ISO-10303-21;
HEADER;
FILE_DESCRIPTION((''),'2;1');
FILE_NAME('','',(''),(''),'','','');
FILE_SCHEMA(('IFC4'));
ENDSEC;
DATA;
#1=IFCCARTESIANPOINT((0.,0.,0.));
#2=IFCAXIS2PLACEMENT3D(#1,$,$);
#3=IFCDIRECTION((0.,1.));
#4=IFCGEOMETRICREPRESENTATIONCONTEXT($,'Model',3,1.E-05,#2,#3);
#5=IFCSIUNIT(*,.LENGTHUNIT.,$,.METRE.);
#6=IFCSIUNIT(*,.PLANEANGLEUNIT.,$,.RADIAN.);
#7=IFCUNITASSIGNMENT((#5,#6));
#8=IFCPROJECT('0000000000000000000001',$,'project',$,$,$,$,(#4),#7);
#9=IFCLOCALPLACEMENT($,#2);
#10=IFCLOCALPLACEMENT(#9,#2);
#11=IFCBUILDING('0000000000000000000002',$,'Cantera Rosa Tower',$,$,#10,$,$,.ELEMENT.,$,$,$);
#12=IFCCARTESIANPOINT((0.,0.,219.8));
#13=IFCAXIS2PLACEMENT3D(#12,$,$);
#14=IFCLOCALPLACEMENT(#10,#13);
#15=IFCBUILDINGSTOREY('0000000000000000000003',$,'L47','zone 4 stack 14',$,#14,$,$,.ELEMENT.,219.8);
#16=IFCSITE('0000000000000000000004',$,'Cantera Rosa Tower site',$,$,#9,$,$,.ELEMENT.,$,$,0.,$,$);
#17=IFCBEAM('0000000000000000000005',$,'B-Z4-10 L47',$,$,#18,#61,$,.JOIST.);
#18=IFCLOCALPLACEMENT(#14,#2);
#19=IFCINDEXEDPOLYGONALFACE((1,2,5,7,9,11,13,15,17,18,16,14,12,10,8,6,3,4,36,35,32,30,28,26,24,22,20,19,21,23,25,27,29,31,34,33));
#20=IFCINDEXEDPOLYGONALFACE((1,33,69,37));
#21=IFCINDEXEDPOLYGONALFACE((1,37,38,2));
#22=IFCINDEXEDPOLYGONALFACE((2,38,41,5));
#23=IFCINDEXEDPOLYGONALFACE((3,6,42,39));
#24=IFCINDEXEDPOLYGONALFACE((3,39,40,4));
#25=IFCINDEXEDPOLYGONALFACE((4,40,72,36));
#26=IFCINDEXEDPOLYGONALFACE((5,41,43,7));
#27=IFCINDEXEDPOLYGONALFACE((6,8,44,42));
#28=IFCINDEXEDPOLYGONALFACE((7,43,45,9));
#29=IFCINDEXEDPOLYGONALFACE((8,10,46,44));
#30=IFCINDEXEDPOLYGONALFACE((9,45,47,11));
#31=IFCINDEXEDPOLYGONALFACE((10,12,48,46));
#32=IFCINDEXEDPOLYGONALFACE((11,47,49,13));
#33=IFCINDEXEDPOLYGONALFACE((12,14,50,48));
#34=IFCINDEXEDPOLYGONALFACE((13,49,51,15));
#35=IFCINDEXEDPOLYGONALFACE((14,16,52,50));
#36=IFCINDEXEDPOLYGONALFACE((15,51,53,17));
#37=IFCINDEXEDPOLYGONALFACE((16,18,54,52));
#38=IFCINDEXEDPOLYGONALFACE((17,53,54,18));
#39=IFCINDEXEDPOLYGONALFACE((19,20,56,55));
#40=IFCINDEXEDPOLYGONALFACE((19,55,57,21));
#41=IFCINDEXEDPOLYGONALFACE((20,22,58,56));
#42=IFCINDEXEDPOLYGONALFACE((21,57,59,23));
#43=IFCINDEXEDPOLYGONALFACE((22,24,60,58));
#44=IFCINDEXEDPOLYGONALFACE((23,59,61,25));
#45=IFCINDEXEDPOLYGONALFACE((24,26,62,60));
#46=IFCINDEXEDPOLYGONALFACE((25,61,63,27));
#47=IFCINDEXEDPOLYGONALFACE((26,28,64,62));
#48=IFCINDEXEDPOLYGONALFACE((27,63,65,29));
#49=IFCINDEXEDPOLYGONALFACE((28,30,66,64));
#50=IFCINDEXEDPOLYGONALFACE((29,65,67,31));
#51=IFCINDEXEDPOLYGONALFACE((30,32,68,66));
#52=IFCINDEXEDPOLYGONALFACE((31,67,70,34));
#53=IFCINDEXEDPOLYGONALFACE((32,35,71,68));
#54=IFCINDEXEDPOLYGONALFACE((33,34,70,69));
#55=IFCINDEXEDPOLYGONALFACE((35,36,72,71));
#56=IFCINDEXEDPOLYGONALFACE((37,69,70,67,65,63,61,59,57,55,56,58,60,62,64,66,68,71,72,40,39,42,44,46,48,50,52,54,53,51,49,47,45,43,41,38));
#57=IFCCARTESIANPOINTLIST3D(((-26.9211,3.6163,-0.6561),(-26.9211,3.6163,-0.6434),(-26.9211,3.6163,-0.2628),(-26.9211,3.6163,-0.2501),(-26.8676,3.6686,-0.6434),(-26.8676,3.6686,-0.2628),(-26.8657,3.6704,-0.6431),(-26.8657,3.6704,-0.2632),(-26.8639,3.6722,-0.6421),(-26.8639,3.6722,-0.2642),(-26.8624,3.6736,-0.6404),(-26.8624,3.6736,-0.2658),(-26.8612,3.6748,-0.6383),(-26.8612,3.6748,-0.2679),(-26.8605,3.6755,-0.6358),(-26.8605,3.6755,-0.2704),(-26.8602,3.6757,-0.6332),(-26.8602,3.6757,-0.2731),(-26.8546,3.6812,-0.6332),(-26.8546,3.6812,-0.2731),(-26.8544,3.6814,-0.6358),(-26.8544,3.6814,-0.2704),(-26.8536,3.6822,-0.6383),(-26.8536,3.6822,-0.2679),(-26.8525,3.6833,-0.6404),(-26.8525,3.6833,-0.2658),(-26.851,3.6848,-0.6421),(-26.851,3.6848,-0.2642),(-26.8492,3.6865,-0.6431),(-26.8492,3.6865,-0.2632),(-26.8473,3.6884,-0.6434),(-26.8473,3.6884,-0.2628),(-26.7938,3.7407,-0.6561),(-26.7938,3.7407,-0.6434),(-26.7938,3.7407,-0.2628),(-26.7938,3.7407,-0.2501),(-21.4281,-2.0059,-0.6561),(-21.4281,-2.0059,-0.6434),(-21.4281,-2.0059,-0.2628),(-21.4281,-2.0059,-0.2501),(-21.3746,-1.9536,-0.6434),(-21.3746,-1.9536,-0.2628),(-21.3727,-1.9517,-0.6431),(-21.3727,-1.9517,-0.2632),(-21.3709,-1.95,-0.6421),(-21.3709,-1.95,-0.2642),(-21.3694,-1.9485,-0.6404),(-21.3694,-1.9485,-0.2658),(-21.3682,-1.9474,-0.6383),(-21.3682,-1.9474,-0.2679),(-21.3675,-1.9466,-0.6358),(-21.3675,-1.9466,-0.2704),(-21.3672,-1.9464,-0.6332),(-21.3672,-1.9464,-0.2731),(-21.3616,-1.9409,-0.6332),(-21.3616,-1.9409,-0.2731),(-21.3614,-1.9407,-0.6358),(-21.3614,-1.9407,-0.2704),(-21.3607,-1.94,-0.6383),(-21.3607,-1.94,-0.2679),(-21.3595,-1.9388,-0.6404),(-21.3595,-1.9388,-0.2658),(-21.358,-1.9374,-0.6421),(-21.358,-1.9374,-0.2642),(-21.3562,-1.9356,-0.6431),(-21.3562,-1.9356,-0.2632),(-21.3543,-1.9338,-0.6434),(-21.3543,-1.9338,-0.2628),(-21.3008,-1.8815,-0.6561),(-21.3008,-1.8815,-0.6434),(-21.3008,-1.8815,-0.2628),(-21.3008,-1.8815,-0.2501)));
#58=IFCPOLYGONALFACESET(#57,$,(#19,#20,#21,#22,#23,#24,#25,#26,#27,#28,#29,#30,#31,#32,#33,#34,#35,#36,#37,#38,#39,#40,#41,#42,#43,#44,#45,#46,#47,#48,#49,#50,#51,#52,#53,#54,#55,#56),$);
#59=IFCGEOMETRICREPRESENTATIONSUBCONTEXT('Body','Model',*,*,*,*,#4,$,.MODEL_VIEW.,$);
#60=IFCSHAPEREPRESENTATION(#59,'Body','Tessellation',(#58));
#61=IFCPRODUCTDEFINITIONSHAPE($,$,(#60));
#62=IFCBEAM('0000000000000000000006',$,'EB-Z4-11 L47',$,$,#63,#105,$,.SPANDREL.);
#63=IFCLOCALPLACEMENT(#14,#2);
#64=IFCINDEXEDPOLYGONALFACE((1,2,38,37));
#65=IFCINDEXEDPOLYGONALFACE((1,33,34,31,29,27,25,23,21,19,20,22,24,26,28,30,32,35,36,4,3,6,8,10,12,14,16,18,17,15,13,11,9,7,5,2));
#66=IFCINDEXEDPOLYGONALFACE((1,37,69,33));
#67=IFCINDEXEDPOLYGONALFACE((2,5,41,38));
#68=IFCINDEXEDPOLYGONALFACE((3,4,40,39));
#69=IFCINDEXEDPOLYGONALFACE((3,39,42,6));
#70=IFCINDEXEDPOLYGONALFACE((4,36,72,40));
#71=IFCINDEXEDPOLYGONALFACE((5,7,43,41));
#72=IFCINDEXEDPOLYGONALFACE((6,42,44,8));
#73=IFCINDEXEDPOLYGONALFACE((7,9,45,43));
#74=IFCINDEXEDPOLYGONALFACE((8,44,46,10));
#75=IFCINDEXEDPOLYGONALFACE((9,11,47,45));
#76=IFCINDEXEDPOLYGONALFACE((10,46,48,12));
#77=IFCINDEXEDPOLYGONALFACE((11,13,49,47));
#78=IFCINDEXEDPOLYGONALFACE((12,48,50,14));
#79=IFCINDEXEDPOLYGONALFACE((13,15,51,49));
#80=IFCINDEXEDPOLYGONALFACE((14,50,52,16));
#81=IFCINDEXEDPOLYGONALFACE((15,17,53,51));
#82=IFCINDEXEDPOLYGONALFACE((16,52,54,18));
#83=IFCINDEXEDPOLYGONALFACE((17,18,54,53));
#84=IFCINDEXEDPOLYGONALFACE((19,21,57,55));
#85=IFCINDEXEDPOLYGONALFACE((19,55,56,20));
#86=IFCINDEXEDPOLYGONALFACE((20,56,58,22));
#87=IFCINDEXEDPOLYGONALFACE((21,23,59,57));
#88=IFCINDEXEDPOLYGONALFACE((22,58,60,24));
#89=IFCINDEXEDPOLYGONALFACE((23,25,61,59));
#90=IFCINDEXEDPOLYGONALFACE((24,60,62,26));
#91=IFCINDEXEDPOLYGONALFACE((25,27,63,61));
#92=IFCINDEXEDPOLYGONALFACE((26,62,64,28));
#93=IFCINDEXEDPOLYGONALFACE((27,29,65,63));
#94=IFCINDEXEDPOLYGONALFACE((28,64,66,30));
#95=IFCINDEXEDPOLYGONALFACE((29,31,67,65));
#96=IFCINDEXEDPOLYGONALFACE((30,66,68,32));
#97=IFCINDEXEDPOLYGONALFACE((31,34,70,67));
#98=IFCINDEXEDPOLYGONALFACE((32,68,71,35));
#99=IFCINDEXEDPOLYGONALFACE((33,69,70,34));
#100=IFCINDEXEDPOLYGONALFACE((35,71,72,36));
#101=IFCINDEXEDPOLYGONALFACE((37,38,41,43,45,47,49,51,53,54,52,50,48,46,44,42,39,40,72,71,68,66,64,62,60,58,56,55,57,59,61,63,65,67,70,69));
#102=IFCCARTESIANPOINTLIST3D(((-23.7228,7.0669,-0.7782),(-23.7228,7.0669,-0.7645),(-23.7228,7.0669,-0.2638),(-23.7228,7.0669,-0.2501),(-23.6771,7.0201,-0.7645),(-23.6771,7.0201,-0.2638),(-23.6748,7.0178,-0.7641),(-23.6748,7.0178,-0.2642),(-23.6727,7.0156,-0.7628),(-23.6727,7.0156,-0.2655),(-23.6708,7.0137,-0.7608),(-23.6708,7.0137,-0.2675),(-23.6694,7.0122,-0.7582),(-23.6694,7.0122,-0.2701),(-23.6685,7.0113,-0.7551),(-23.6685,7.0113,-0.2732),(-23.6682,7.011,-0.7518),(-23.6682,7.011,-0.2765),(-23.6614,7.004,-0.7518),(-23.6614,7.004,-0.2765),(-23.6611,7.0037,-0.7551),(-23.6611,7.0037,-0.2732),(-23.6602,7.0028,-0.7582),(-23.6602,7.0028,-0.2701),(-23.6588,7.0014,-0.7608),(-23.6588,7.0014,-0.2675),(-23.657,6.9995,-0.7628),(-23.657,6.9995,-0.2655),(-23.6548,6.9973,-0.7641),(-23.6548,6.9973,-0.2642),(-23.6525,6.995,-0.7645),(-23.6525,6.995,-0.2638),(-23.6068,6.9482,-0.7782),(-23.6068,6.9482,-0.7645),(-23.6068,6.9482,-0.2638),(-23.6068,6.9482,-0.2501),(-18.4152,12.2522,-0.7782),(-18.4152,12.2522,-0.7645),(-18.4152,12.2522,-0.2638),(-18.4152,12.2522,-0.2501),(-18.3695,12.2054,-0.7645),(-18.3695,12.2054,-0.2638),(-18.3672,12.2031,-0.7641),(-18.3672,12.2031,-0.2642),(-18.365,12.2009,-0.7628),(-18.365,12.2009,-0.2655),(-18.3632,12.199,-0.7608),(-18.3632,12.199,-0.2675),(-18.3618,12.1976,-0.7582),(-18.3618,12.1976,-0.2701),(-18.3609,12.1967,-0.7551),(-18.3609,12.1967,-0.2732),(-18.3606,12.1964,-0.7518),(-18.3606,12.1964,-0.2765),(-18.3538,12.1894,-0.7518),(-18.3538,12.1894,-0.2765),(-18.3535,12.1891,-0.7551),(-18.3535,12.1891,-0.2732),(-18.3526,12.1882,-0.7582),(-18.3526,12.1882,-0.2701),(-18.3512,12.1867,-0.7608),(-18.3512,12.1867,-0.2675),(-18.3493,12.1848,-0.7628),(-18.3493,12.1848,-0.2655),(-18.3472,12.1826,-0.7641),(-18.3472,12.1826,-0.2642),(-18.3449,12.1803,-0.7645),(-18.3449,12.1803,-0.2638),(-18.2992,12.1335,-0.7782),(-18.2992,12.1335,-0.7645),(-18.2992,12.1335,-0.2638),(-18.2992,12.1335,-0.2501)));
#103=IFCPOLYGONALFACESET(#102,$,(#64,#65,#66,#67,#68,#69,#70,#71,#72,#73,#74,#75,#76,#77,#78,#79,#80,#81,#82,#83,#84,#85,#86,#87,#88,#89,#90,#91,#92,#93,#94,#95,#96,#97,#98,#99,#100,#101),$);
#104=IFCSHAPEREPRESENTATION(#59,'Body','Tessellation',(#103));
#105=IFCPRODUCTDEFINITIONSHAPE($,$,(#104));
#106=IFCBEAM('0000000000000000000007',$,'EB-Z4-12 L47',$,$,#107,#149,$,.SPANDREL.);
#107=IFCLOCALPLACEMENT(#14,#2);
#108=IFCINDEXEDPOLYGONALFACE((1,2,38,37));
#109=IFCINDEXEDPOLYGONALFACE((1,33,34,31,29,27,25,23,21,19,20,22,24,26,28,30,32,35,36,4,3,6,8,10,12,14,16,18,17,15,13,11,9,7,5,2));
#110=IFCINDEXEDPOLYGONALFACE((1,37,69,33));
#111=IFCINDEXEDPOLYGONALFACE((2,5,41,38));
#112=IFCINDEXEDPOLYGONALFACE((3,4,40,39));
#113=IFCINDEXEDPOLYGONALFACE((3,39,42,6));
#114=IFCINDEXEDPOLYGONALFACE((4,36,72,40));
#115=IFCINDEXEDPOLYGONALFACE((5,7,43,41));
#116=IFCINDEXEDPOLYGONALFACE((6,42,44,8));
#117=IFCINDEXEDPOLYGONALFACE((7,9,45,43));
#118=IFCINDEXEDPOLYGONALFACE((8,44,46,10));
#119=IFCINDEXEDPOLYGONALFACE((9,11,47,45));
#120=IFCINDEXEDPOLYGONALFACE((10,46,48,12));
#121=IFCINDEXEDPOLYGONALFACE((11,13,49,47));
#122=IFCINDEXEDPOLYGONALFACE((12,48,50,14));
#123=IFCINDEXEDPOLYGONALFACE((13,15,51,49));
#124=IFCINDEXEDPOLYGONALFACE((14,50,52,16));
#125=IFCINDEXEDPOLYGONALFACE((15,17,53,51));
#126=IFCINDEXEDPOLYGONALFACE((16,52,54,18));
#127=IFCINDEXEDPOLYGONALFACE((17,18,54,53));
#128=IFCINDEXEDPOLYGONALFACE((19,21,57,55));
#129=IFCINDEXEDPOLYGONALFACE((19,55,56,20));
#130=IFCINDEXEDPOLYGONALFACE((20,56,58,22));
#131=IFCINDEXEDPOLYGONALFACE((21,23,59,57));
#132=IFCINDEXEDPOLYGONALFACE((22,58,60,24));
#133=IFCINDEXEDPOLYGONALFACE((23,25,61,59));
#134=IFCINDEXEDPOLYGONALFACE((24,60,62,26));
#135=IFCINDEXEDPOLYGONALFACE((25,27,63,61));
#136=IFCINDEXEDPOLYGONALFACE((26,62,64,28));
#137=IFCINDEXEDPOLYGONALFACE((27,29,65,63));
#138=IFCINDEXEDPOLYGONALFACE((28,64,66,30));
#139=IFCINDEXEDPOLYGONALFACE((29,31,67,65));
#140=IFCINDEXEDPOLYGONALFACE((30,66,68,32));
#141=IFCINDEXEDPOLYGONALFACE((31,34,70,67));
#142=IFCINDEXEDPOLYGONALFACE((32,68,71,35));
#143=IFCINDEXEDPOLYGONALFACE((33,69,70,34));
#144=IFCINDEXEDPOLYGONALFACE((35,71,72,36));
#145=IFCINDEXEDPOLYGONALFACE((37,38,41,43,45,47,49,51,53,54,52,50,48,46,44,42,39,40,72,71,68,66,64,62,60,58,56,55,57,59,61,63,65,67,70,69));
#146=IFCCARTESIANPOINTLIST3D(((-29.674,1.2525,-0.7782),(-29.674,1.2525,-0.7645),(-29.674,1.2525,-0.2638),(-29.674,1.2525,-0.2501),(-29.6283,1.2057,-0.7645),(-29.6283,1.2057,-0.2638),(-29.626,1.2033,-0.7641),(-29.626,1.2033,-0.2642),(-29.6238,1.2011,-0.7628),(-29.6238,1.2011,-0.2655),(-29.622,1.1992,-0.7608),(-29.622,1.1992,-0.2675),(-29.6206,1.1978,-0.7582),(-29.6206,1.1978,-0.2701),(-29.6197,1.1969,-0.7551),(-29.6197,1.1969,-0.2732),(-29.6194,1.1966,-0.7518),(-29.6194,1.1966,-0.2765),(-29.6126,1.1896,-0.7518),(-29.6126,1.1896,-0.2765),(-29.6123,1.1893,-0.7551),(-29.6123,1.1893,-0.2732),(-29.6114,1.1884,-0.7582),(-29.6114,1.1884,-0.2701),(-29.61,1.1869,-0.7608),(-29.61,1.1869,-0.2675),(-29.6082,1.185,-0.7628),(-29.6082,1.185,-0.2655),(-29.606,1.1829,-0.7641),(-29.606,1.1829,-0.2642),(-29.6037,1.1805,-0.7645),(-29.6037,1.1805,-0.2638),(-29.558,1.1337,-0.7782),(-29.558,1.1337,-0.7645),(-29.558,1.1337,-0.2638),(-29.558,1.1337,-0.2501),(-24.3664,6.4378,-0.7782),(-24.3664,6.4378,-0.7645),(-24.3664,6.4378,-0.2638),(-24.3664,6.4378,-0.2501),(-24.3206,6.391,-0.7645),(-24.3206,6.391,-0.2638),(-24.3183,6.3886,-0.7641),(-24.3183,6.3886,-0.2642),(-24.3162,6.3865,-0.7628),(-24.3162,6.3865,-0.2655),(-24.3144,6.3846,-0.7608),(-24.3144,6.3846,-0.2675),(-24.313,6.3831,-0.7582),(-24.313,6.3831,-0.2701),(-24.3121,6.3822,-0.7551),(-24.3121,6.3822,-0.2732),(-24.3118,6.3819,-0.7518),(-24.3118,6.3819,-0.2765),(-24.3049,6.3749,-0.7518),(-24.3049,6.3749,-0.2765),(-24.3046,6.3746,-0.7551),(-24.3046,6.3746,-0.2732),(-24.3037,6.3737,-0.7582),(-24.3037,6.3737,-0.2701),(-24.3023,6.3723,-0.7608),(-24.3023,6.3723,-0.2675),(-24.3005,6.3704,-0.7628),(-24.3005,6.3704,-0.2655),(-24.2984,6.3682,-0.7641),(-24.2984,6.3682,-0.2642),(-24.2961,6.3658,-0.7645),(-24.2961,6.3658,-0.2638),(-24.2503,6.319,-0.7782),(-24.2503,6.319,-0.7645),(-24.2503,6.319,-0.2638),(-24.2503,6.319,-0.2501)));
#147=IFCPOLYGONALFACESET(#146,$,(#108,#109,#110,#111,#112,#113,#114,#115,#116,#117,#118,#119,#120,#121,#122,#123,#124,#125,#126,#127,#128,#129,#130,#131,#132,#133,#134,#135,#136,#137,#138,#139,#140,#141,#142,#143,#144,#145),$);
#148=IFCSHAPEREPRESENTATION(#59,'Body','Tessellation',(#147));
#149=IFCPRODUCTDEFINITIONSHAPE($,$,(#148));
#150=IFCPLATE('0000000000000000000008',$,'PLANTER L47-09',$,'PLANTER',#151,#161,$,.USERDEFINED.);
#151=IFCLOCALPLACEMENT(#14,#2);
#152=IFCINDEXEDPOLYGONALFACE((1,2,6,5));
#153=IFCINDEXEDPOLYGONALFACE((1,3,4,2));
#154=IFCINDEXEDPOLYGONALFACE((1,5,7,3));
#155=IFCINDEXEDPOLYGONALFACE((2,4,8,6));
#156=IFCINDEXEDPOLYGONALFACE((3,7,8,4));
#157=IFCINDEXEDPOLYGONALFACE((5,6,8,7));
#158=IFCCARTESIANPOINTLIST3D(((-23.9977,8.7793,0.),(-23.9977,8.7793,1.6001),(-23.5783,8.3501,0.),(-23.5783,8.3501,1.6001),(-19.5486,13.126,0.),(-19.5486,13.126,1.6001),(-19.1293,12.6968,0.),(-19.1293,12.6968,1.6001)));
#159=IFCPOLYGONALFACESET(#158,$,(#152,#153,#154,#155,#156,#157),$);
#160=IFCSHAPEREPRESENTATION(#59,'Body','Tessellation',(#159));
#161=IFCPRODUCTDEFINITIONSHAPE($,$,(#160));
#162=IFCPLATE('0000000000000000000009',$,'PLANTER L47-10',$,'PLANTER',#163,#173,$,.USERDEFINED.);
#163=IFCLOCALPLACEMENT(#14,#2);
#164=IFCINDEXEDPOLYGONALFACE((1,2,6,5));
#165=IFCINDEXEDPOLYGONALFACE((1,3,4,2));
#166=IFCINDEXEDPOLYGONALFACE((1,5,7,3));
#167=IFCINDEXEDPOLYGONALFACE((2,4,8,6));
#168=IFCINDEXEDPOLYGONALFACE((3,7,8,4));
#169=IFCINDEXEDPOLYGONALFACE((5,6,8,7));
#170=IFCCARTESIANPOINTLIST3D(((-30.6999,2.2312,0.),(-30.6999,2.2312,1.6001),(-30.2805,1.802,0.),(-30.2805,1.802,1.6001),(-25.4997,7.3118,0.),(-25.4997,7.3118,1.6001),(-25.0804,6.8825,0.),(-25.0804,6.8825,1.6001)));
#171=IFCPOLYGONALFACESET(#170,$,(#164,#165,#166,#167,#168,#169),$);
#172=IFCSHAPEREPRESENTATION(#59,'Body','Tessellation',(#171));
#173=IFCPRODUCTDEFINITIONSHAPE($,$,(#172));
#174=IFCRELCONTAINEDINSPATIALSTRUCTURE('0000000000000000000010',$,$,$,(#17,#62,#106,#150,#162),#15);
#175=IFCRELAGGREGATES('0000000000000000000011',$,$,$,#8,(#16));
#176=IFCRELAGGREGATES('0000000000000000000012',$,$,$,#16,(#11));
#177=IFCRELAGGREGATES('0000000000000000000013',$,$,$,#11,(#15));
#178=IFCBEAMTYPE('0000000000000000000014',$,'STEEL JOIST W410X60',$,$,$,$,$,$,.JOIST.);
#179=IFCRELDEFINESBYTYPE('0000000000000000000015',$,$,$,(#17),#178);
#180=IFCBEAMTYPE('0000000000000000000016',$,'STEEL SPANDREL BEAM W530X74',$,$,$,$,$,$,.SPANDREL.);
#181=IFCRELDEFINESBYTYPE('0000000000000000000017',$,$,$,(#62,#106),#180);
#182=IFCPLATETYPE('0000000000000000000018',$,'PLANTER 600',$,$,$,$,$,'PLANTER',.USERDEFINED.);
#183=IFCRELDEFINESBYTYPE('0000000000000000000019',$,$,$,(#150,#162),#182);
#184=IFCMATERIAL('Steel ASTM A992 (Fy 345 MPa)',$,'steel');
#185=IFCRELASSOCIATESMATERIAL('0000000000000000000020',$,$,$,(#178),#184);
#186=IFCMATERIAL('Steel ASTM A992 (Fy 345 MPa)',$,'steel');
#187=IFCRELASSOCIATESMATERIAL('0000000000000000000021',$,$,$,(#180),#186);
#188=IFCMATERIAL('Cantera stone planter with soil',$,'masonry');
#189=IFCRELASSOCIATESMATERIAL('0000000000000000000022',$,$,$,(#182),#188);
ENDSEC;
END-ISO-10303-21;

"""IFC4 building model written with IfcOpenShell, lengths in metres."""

from ifc_helpers import new_model, si_unit, direction, frame, origin, origin_2d, place, context, subcontext, project, spatial, rectangle, i_section, extrude, material, material_profile, profile_set, type_object, element, save


model = new_model("IFC4")

# Units and contexts
model_context = context("Model", 3, precision=1e-05, world=origin(), true_north=direction((0.0, 1.0)))
body_context = subcontext(model_context, "Body", "Model", "MODEL_VIEW")
ifc_project = project(units=[si_unit("LENGTHUNIT", "METRE"), si_unit("PLANEANGLEUNIT", "RADIAN")], contexts=[model_context])

# Site, building, storey
site_placement = place(None, origin())
site = spatial("IfcSite", under=ifc_project, at=site_placement, Name="Cantera Rosa Tower site", CompositionType="ELEMENT", RefElevation=0.0)
building_placement = place(site_placement, origin())
building = spatial("IfcBuilding", under=site, at=building_placement, Name="Cantera Rosa Tower", CompositionType="ELEMENT")
storey_placement = place(building_placement, frame((0.0, 0.0, 219.8)))
storey = spatial("IfcBuildingStorey", under=building, at=storey_placement, Name="L47", Description="zone 4 stack 14", CompositionType="ELEMENT", Elevation=219.8)

# Beams
ifc_material_1 = material(Name="Steel ASTM A992 (Fy 345 MPa)", Category="steel")
ifc_material_profile_1 = material_profile(ifc_material_1, i_section(OverallWidth=0.178, OverallDepth=0.406, WebThickness=0.0078, FlangeThickness=0.0127, FilletRadius=0.0103, at=origin_2d()), Name="W410X60")
ifc_profile_set_1 = profile_set([ifc_material_profile_1], Name="Steel ASTM A992 (Fy 345 MPa)")
beam_type_1 = type_object("IfcBeamType", Name="STEEL JOIST W410X60", PredefinedType="JOIST", material=ifc_profile_set_1)
beam_1_placement = place(storey_placement, frame((-26.8574, 3.6785, -0.4531), z_axis=(0.698843, -0.715275, 0.0), x_axis=(0.715275, 0.698843, 0.0)))
element("IfcBeam", 1, at=beam_1_placement, inside=storey, type_object=beam_type_1, Name="B-Z4-10 L47", PredefinedType="JOIST", context=body_context, shape_type="SweptSolid", body=[
    extrude(i_section(OverallWidth=0.178, OverallDepth=0.406, WebThickness=0.0078, FlangeThickness=0.0127, FilletRadius=0.0103, at=origin_2d()), origin(), (0.0, 0.0, 1.0), 7.8601),
])
ifc_material_2 = material(Name="Steel ASTM A992 (Fy 345 MPa)", Category="steel")
ifc_material_profile_2 = material_profile(ifc_material_2, i_section(OverallWidth=0.166, OverallDepth=0.5281, WebThickness=0.0098, FlangeThickness=0.0137, FilletRadius=0.0127, at=origin_2d()), Name="W530X74")
ifc_profile_set_2 = profile_set([ifc_material_profile_2], Name="Steel ASTM A992 (Fy 345 MPa)")
beam_type_2 = type_object("IfcBeamType", Name="STEEL SPANDREL BEAM W530X74", PredefinedType="SPANDREL", material=ifc_profile_set_2)
for number, where, z_axis, x_axis, name in (
    (2, (-18.3572, 12.1929, -0.5142), (-0.715301, -0.698817, 0.0), (0.698817, -0.715301, 0.0), "EB-Z4-11 L47"),
    (3, (-24.3083, 6.3784, -0.5142), (-0.715301, -0.698817, 0.0), (0.698817, -0.715301, 0.0), "EB-Z4-12 L47"),
):
    element("IfcBeam", number, at=place(storey_placement, frame(where, z_axis=z_axis, x_axis=x_axis)), inside=storey, type_object=beam_type_2, Name=name, PredefinedType="SPANDREL", context=body_context, shape_type="SweptSolid", body=[
        extrude(i_section(OverallWidth=0.166, OverallDepth=0.5281, WebThickness=0.0098, FlangeThickness=0.0137, FilletRadius=0.0127, at=origin_2d()), origin(), (0.0, 0.0, 1.0), 7.4202),
    ])

# Plates
ifc_material_3 = material(Name="Cantera stone planter with soil", Category="masonry")
plate_type = type_object("IfcPlateType", Name="PLANTER 600", ElementType="PLANTER", PredefinedType="USERDEFINED", material=ifc_material_3)
plate_1_placement = place(storey_placement, frame((-21.5635, 10.738, 0.0), z_axis=(0.0, 0.0, 1.0), x_axis=(-0.715286, -0.698832, 0.0)))
element("IfcPlate", 4, at=plate_1_placement, inside=storey, type_object=plate_type, Name="PLANTER L47-09", ObjectType="PLANTER", PredefinedType="USERDEFINED", context=body_context, shape_type="SweptSolid", body=[
    extrude(rectangle(XDim=6.22, YDim=0.6001, at=origin_2d()), origin(), (0.0, 0.0, 1.0), 1.6001),
])
plate_2_placement = place(storey_placement, frame((-27.8901, 4.5569, 0.0), z_axis=(0.0, 0.0, 1.0), x_axis=(-0.715286, -0.698832, 0.0)))
element("IfcPlate", 5, at=plate_2_placement, inside=storey, type_object=plate_type, Name="PLANTER L47-10", ObjectType="PLANTER", PredefinedType="USERDEFINED", context=body_context, shape_type="SweptSolid", body=[
    extrude(rectangle(XDim=7.27, YDim=0.6001, at=origin_2d()), origin(), (0.0, 0.0, 1.0), 1.6001),
])

save(model, "model.ifc")
